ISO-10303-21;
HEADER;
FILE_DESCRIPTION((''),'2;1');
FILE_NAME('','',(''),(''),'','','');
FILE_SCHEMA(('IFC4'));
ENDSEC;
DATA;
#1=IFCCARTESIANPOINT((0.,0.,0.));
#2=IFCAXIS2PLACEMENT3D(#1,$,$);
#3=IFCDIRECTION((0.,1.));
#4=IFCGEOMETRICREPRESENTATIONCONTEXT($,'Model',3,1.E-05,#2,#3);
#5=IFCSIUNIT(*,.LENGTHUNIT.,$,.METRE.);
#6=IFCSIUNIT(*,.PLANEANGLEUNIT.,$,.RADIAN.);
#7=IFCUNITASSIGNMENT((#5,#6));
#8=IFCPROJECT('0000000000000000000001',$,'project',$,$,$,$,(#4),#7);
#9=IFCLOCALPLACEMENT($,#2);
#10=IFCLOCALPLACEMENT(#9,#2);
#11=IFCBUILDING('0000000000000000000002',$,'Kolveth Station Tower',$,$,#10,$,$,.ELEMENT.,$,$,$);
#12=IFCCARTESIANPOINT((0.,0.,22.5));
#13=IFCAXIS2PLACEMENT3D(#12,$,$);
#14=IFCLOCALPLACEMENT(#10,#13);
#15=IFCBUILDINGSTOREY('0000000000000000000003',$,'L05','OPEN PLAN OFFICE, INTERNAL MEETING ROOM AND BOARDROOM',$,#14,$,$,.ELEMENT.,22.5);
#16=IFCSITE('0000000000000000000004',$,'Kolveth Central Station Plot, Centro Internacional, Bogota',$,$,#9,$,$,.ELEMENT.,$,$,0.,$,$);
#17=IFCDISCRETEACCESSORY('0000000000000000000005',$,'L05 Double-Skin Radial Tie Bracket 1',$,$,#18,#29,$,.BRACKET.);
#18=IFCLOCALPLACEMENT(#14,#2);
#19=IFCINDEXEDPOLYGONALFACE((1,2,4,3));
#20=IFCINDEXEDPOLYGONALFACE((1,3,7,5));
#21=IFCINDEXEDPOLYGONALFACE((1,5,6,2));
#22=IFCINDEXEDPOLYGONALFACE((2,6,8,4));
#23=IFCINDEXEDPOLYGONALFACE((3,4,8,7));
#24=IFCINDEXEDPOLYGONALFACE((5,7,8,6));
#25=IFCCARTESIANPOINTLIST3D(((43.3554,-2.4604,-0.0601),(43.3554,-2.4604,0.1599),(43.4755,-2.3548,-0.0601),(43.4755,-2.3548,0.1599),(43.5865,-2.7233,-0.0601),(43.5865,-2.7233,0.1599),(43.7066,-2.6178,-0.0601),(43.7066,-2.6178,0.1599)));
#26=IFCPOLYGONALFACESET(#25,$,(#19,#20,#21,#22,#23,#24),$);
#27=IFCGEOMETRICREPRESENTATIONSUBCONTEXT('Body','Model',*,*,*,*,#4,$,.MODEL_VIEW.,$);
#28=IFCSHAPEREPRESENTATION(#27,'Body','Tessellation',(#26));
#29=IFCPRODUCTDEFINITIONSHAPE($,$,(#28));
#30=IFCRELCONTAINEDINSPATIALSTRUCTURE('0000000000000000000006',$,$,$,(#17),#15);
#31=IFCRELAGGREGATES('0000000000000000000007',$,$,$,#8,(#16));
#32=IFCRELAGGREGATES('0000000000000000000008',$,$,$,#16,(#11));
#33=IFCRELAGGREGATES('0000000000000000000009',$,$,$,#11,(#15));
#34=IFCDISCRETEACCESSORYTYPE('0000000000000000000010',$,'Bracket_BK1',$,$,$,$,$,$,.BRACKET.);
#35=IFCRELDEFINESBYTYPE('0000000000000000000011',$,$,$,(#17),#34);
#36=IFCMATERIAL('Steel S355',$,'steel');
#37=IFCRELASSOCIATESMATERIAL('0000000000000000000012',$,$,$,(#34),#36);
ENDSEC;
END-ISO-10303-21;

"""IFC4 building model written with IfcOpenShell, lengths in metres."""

from ifc_helpers import new_model, si_unit, direction, frame, origin, origin_2d, place, context, subcontext, project, spatial, rectangle, extrude, source, transform, mapped, material, type_object, element, save


model = new_model("IFC4")

# Units and contexts
model_context = context("Model", 3, precision=1e-05, world=origin(), true_north=direction((0.0, 1.0)))
body_context = subcontext(model_context, "Body", "Model", "MODEL_VIEW")
ifc_project = project(units=[si_unit("LENGTHUNIT", "METRE"), si_unit("PLANEANGLEUNIT", "RADIAN")], contexts=[model_context])

# Site, building, storey
site_placement = place(None, origin())
site = spatial("IfcSite", under=ifc_project, at=site_placement, Name="Kolveth Central Station Plot, Centro Internacional, Bogota", CompositionType="ELEMENT", RefElevation=0.0)
building_placement = place(site_placement, origin())
building = spatial("IfcBuilding", under=site, at=building_placement, Name="Kolveth Station Tower", CompositionType="ELEMENT")
storey_placement = place(building_placement, frame((0.0, 0.0, 22.5)))
storey = spatial("IfcBuildingStorey", under=building, at=storey_placement, Name="L05", Description="OPEN PLAN OFFICE, INTERNAL MEETING ROOM AND BOARDROOM", CompositionType="ELEMENT", Elevation=22.5)

# Shared definitions
ifc_material_1 = material(Name="Steel S355", Category="steel")

# Discrete accessory
discrete_accessory_type = type_object("IfcDiscreteAccessoryType", Name="Bracket_BK1", PredefinedType="BRACKET", material=ifc_material_1)
shared_shape_1 = source(origin(), body_context, "Body", "SweptSolid", [
    extrude(rectangle(XDim=0.3501, YDim=0.1599, at=origin_2d()), origin(), (0.0, 0.0, 1.0), 0.22),
])
discrete_accessory_placement = place(storey_placement, frame((43.531, -2.5391, -0.0601), z_axis=(0.0, 0.0, 1.0), x_axis=(0.660133, -0.751149, 0.0)))
element("IfcDiscreteAccessory", 1, at=discrete_accessory_placement, inside=storey, type_object=discrete_accessory_type, Name="L05 Double-Skin Radial Tie Bracket 1", PredefinedType="BRACKET", context=body_context, shape_type="MappedRepresentation", body=[
    mapped(shared_shape_1, transform((0.0, 0.0, 0.0), x_axis=(1.0, 0.0, 0.0), y_axis=(0.0, 1.0, 0.0), z_axis=(0.0, 0.0, 1.0), scale=1.0)),
])

save(model, "model.ifc")
